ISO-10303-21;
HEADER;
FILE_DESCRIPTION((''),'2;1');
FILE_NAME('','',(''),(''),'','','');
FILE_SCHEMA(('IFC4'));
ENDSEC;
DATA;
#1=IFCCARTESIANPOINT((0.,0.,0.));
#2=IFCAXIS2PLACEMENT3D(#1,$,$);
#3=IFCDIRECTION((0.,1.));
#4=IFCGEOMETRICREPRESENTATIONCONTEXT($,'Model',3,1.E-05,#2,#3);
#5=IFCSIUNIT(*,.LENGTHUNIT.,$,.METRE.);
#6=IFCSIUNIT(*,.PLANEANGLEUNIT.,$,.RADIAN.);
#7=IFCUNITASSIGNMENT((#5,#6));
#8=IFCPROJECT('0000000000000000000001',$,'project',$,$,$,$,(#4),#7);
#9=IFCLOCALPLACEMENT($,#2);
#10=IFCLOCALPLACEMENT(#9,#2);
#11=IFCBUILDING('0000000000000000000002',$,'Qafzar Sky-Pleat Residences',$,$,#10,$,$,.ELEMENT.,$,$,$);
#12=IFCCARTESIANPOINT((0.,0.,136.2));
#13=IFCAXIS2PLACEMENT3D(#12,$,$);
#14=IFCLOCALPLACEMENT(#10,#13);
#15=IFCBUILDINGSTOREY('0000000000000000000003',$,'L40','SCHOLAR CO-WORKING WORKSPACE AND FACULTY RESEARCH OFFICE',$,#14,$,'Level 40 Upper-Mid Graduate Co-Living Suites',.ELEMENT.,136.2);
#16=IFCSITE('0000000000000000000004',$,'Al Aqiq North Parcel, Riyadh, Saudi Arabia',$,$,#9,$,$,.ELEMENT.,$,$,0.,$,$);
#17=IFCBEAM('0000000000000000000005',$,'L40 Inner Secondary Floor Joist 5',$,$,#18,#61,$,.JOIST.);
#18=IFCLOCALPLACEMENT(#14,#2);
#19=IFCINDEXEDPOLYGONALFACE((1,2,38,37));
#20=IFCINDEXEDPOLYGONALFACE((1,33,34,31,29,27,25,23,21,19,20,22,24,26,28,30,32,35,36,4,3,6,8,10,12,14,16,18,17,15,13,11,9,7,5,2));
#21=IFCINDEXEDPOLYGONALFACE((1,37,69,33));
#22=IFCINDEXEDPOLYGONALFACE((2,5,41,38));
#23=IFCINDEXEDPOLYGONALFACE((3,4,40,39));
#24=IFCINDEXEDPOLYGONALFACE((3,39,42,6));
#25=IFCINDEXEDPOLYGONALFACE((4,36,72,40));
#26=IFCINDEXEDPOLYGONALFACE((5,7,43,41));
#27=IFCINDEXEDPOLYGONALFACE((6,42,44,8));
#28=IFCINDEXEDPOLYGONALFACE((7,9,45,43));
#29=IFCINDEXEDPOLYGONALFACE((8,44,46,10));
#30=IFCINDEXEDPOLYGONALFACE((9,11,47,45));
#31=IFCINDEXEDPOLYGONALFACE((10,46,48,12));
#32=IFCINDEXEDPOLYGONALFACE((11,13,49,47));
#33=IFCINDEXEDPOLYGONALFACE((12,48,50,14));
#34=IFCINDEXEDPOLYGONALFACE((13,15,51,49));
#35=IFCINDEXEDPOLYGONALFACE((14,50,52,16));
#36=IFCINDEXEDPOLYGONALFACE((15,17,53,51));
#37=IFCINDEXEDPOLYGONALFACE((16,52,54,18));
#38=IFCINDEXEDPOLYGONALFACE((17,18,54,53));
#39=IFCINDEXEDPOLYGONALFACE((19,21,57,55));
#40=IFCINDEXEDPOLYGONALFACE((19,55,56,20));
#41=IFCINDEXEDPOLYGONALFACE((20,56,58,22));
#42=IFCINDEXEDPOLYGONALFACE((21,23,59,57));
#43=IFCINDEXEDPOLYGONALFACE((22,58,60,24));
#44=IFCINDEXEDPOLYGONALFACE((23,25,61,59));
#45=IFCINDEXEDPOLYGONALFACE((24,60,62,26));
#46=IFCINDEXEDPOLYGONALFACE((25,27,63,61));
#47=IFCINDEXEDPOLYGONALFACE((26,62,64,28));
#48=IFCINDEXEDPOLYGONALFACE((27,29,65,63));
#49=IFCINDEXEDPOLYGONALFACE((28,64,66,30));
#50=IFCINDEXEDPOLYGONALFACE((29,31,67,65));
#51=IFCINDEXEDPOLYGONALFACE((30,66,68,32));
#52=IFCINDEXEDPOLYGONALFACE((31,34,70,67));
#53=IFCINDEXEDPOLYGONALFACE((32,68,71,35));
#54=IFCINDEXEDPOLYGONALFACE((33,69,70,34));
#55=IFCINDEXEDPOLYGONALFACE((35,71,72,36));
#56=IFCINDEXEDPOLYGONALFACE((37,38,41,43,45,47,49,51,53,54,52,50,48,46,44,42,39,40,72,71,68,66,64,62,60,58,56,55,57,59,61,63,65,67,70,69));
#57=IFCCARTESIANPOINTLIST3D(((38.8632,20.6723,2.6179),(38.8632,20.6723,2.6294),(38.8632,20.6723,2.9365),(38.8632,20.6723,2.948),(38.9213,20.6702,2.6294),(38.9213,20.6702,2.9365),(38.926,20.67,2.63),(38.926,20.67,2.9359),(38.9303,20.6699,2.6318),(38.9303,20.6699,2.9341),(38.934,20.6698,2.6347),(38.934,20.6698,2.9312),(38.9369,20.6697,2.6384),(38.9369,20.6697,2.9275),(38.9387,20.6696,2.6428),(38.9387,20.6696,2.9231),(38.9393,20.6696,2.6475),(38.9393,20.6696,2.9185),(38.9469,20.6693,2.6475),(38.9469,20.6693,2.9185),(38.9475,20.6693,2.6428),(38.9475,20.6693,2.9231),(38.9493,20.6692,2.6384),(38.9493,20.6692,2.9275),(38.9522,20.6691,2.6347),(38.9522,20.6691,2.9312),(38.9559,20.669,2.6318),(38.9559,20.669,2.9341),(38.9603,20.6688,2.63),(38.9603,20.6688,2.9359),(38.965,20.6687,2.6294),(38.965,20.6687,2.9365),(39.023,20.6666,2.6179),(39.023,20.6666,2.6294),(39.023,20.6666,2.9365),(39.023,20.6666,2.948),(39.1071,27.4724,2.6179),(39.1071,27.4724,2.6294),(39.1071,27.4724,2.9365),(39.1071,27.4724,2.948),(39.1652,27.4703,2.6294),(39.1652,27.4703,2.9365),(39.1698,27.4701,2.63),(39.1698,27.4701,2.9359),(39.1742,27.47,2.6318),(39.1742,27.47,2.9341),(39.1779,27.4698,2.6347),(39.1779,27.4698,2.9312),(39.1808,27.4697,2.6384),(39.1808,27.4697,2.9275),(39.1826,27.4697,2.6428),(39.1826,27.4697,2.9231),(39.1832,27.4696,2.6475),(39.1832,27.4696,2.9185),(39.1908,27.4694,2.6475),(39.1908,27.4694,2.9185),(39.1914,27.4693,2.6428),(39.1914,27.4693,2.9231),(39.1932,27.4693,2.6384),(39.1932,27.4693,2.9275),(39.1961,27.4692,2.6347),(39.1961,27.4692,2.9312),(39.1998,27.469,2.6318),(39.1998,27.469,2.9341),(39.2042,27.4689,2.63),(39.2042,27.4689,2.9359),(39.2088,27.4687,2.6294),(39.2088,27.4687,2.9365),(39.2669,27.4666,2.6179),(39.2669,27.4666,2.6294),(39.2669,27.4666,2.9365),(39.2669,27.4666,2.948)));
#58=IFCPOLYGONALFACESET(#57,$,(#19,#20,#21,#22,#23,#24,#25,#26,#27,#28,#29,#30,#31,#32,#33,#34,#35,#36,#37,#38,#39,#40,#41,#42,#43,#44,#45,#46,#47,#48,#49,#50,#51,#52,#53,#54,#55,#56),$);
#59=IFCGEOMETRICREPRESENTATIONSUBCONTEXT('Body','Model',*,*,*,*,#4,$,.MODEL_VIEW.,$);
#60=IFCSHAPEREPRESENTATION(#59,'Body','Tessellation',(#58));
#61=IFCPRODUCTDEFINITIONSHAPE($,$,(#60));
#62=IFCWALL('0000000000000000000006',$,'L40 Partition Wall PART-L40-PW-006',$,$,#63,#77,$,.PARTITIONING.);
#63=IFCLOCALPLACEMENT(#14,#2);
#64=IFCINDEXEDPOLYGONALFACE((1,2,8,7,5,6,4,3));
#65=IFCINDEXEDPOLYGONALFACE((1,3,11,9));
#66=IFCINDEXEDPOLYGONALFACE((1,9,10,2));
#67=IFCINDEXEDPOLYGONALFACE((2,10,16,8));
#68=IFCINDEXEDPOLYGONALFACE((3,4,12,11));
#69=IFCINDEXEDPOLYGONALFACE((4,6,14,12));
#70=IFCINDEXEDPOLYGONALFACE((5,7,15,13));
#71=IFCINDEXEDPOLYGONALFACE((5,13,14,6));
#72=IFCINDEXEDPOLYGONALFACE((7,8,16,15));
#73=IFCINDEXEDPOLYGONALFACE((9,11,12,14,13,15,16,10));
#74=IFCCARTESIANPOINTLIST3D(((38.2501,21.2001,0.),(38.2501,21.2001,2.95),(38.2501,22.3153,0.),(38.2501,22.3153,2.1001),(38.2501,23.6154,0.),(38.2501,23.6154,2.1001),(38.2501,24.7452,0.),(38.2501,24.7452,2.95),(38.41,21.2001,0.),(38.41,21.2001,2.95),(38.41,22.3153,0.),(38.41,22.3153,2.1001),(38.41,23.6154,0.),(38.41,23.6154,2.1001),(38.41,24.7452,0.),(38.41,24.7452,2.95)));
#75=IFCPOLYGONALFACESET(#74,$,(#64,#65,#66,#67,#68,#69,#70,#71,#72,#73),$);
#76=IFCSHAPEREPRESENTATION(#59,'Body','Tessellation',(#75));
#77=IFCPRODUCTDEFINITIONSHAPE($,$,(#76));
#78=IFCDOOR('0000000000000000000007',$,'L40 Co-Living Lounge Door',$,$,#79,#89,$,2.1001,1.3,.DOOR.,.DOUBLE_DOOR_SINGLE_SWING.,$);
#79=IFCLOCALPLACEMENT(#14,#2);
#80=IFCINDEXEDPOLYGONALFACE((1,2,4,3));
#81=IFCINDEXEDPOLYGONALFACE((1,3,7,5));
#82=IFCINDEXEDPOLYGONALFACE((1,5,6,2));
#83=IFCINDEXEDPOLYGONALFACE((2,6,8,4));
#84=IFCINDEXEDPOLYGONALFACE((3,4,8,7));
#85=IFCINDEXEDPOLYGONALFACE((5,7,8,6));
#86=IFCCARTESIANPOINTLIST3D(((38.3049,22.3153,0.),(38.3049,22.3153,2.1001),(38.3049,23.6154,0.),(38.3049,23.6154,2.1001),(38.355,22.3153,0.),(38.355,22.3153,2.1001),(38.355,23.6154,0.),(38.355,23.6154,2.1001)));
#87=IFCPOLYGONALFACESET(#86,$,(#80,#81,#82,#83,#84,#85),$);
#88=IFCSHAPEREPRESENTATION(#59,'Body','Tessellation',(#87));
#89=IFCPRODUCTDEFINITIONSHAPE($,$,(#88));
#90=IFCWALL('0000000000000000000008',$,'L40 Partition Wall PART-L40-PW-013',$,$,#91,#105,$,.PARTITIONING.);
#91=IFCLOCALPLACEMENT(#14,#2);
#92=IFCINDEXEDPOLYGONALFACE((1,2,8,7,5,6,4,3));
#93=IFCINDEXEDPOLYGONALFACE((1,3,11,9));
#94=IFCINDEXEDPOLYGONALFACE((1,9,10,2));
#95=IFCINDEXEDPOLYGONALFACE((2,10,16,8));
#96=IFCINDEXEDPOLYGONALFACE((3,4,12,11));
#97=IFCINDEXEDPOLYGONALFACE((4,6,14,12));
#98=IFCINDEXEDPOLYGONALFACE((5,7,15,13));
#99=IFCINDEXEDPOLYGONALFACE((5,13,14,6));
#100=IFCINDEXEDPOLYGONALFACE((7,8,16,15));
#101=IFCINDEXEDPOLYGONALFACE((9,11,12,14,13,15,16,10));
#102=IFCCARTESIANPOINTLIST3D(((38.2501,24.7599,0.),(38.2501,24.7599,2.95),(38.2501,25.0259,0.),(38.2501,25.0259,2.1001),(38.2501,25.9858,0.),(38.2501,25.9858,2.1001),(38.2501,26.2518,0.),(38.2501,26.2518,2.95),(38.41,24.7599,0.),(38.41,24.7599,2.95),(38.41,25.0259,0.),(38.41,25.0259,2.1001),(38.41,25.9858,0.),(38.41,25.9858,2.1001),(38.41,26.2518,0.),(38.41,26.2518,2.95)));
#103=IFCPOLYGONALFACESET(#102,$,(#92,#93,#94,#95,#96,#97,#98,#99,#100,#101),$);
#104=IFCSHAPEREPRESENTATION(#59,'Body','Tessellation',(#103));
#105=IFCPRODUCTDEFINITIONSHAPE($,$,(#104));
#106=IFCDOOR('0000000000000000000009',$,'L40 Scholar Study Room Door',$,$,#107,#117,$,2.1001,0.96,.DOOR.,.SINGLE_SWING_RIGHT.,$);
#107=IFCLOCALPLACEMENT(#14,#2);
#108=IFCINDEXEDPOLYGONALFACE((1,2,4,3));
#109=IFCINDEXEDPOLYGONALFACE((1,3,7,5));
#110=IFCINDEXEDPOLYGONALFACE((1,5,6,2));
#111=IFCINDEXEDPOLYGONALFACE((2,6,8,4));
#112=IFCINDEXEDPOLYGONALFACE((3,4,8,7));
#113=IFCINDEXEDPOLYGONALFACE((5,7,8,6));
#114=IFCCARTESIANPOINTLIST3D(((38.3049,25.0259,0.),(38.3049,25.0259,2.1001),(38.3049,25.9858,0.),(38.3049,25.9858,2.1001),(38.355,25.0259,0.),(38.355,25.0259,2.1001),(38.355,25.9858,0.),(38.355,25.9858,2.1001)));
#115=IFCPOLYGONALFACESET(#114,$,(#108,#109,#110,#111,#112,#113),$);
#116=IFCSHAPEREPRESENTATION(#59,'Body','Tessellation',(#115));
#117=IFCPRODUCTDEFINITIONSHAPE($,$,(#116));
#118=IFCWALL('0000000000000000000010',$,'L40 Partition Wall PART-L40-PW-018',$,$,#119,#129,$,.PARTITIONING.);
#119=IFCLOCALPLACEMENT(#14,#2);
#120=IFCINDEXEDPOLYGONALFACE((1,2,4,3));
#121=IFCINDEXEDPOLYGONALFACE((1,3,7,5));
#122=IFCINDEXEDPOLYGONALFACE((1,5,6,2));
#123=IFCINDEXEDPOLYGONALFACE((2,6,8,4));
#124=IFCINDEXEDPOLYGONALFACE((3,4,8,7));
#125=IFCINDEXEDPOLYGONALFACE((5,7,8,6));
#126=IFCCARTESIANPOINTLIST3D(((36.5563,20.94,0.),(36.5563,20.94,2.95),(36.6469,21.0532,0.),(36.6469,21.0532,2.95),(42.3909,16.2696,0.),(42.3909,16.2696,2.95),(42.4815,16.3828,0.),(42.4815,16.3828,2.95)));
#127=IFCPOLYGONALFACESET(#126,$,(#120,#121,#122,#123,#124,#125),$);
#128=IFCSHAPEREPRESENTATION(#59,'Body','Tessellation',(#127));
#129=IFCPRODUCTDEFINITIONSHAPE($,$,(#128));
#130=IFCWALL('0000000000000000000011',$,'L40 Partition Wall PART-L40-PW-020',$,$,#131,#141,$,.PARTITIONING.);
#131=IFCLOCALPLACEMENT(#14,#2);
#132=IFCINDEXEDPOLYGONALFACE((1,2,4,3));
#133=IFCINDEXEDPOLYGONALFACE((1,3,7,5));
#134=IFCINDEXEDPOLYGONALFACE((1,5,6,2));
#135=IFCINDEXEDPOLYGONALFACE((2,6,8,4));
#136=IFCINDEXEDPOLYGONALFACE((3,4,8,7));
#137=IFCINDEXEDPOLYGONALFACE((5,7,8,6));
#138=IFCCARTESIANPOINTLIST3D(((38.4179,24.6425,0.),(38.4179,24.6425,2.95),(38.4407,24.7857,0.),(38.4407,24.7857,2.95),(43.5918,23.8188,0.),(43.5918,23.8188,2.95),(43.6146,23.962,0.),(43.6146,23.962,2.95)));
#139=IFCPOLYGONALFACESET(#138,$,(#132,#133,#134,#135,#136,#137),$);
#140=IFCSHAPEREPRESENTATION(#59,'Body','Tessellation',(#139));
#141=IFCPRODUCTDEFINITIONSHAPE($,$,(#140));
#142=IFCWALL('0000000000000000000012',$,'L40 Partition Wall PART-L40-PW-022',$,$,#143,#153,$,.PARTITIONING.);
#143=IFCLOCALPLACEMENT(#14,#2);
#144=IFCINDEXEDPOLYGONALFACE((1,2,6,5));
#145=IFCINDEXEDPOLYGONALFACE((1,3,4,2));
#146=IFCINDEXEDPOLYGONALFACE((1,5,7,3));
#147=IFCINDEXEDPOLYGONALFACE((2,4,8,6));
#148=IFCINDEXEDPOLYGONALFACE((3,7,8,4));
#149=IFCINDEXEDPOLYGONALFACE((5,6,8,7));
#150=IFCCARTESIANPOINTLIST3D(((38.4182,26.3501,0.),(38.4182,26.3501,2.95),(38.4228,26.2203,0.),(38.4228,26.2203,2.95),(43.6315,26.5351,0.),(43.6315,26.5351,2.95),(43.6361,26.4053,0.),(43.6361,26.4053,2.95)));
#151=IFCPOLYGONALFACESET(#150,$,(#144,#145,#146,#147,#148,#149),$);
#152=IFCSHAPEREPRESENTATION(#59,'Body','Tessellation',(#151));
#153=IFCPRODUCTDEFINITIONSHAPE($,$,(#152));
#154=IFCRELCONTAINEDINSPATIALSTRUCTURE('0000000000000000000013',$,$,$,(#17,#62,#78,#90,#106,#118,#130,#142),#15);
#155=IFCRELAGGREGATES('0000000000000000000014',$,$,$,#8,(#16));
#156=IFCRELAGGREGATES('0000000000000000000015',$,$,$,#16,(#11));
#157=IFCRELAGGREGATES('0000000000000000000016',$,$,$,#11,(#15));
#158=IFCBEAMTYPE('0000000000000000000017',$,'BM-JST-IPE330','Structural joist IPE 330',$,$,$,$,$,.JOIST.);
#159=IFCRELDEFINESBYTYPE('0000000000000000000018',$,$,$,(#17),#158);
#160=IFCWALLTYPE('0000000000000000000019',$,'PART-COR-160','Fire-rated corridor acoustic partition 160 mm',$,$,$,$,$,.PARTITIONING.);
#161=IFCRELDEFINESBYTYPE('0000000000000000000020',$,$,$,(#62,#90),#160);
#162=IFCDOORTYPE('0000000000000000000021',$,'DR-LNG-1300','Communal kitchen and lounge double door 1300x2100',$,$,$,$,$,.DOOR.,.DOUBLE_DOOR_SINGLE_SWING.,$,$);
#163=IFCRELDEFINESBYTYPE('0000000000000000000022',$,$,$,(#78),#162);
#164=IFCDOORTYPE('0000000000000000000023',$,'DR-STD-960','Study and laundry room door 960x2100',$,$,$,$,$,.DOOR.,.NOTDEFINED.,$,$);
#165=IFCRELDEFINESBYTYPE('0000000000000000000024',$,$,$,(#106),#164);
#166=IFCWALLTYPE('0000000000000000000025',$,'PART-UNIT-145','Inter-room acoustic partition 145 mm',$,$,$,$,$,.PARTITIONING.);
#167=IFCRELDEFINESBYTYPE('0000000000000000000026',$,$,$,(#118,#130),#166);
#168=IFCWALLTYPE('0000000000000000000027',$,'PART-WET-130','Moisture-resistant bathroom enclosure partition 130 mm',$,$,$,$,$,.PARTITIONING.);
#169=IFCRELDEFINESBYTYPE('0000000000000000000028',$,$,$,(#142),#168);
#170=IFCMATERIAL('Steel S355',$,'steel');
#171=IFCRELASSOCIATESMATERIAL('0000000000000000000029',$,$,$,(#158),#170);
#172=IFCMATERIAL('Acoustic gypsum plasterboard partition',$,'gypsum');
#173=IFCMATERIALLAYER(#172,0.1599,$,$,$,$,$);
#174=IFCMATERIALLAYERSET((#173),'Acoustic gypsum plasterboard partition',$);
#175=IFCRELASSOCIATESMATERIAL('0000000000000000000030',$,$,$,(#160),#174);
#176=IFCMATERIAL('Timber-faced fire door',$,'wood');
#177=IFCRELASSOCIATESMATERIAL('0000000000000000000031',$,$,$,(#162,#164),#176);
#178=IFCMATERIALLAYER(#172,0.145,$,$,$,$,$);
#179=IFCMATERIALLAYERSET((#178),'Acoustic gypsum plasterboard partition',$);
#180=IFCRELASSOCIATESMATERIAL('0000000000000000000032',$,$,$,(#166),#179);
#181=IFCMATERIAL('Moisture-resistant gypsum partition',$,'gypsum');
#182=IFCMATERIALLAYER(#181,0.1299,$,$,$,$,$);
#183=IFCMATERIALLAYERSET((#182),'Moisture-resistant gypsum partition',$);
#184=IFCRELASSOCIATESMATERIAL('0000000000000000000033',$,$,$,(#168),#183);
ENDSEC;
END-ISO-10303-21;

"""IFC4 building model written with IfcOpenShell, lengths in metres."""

from ifc_helpers import new_model, si_unit, direction, frame, frame_2d, origin, origin_2d, place, context, subcontext, project, spatial, rectangle, i_section, extrude, source, transform, mapped, material, layer, layer_set, material_profile, profile_set, type_object, element, fill, save


model = new_model("IFC4")

# Units and contexts
model_context = context("Model", 3, precision=1e-05, world=origin(), true_north=direction((0.0, 1.0)))
body_context = subcontext(model_context, "Body", "Model", "MODEL_VIEW")
ifc_project = project(units=[si_unit("LENGTHUNIT", "METRE"), si_unit("PLANEANGLEUNIT", "RADIAN")], contexts=[model_context])

# Site, building, storey
site_placement = place(None, origin())
site = spatial("IfcSite", under=ifc_project, at=site_placement, Name="Al Aqiq North Parcel, Riyadh, Saudi Arabia", CompositionType="ELEMENT", RefElevation=0.0)
building_placement = place(site_placement, origin())
building = spatial("IfcBuilding", under=site, at=building_placement, Name="Qafzar Sky-Pleat Residences", CompositionType="ELEMENT")
storey_placement = place(building_placement, frame((0.0, 0.0, 136.2)))
storey = spatial("IfcBuildingStorey", under=building, at=storey_placement, Name="L40", Description="SCHOLAR CO-WORKING WORKSPACE AND FACULTY RESEARCH OFFICE", LongName="Level 40 Upper-Mid Graduate Co-Living Suites", CompositionType="ELEMENT", Elevation=136.2)

# Shared definitions
ifc_material_1 = material(Name="Steel S355", Category="steel")

# Beam
ifc_material_profile_1 = material_profile(ifc_material_1, i_section(OverallWidth=0.1599, OverallDepth=0.3301, WebThickness=0.0076, FlangeThickness=0.0115, FilletRadius=0.0181, at=origin_2d()), Name="IPE 330")
ifc_profile_set_1 = profile_set([ifc_material_profile_1], Name="Steel S355")
beam_type_1 = type_object("IfcBeamType", Name="BM-JST-IPE330", Description="Structural joist IPE 330", PredefinedType="JOIST", material=ifc_profile_set_1)
shared_shape_1 = source(origin(), body_context, "Body", "SweptSolid", [
    extrude(i_section(OverallWidth=0.1599, OverallDepth=0.3301, WebThickness=0.0076, FlangeThickness=0.0115, FilletRadius=0.0181, at=origin_2d()), origin(), (0.0, 0.0, 1.0), 6.8044),
])
beam_1_placement = place(storey_placement, frame((38.9431, 20.6694, 2.783), z_axis=(0.035844, 0.999357, 0.0), x_axis=(-0.999357, 0.035844, 0.0)))
element("IfcBeam", 1, at=beam_1_placement, inside=storey, type_object=beam_type_1, Name="L40 Inner Secondary Floor Joist 5", PredefinedType="JOIST", context=body_context, shape_type="MappedRepresentation", body=[
    mapped(shared_shape_1, transform((0.0, 0.0, 0.0), x_axis=(1.0, 0.0, 0.0), y_axis=(0.0, 1.0, 0.0), z_axis=(0.0, 0.0, 1.0), scale=1.0)),
])

# Walls, openings, doors
ifc_material_2 = material(Name="Acoustic gypsum plasterboard partition", Category="gypsum")
ifc_layer_1 = layer(ifc_material_2, 0.1599)
ifc_layer_set_1 = layer_set([ifc_layer_1], Name="Acoustic gypsum plasterboard partition")
wall_type_1 = type_object("IfcWallType", Name="PART-COR-160", Description="Fire-rated corridor acoustic partition 160 mm", PredefinedType="PARTITIONING", material=ifc_layer_set_1)
wall_1_placement = place(storey_placement, frame((38.3301, 24.7451, 0.0), z_axis=(0.0, 0.0, 1.0), x_axis=(0.0, -1.0, 0.0)))
wall_1 = element("IfcWall", 2, at=wall_1_placement, inside=storey, type_object=wall_type_1, Name="L40 Partition Wall PART-L40-PW-006", PredefinedType="PARTITIONING", context=body_context, shape_type="SweptSolid", body=[
    extrude(rectangle(XDim=3.5452, YDim=0.1599, at=frame_2d((1.7725, 0.0))), origin(), (0.0, 0.0, 1.0), 2.95),
])
opening_1_placement = place(wall_1_placement, frame((1.1299, 0.0, 0.0)))
opening_1 = element("IfcOpeningElement", 3, at=opening_1_placement, cuts=wall_1, PredefinedType="OPENING", context=body_context, shape_type="SweptSolid", body=[
    extrude(rectangle(XDim=1.3, YDim=2.1001, at=frame_2d((0.6499, 1.05))), frame((0.0, 0.0898, 0.0), z_axis=(0.0, -1.0, 0.0), x_axis=(1.0, 0.0, 0.0)), (0.0, 0.0, 1.0), 0.1799),
])
ifc_material_3 = material(Name="Timber-faced fire door", Category="wood")
door_type_1 = type_object("IfcDoorType", Name="DR-LNG-1300", Description="Communal kitchen and lounge double door 1300x2100", OperationType="DOUBLE_DOOR_SINGLE_SWING", PredefinedType="DOOR", material=ifc_material_3)
shared_shape_2 = source(origin(), body_context, "Body", "SweptSolid", [
    extrude(rectangle(XDim=1.3, YDim=2.1001, at=frame_2d((0.6499, 1.05))), frame((0.0, 0.0249, 0.0), z_axis=(0.0, -1.0, 0.0), x_axis=(1.0, 0.0, 0.0)), (0.0, 0.0, 1.0), 0.05),
])
door_1_placement = place(opening_1_placement, origin())
door_1 = element("IfcDoor", 4, at=door_1_placement, inside=storey, type_object=door_type_1, Name="L40 Co-Living Lounge Door", OperationType="DOUBLE_DOOR_SINGLE_SWING", OverallHeight=2.1001, OverallWidth=1.3, PredefinedType="DOOR", context=body_context, shape_type="MappedRepresentation", body=[
    mapped(shared_shape_2, transform((0.0, 0.0, 0.0), x_axis=(1.0, 0.0, 0.0), y_axis=(0.0, 1.0, 0.0), z_axis=(0.0, 0.0, 1.0), scale=1.0)),
])
fill(opening_1, door_1)
wall_2_placement = place(storey_placement, frame((38.3301, 26.252, 0.0), z_axis=(0.0, 0.0, 1.0), x_axis=(0.0, -1.0, 0.0)))
wall_2 = element("IfcWall", 5, at=wall_2_placement, inside=storey, type_object=wall_type_1, Name="L40 Partition Wall PART-L40-PW-013", PredefinedType="PARTITIONING", context=body_context, shape_type="SweptSolid", body=[
    extrude(rectangle(XDim=1.4919, YDim=0.1599, at=frame_2d((0.7461, 0.0))), origin(), (0.0, 0.0, 1.0), 2.95),
])
opening_2_placement = place(wall_2_placement, frame((0.2661, 0.0, 0.0)))
opening_2 = element("IfcOpeningElement", 6, at=opening_2_placement, cuts=wall_2, PredefinedType="OPENING", context=body_context, shape_type="SweptSolid", body=[
    extrude(rectangle(XDim=0.96, YDim=2.1001, at=frame_2d((0.48, 1.05))), frame((0.0, 0.0898, 0.0), z_axis=(0.0, -1.0, 0.0), x_axis=(1.0, 0.0, 0.0)), (0.0, 0.0, 1.0), 0.1799),
])
door_type_2 = type_object("IfcDoorType", Name="DR-STD-960", Description="Study and laundry room door 960x2100", OperationType="NOTDEFINED", PredefinedType="DOOR", material=ifc_material_3)
shared_shape_3 = source(origin(), body_context, "Body", "SweptSolid", [
    extrude(rectangle(XDim=0.96, YDim=2.1001, at=frame_2d((0.48, 1.05))), frame((0.0, 0.0249, 0.0), z_axis=(0.0, -1.0, 0.0), x_axis=(1.0, 0.0, 0.0)), (0.0, 0.0, 1.0), 0.05),
])
door_2_placement = place(opening_2_placement, origin())
door_2 = element("IfcDoor", 7, at=door_2_placement, inside=storey, type_object=door_type_2, Name="L40 Scholar Study Room Door", OperationType="SINGLE_SWING_RIGHT", OverallHeight=2.1001, OverallWidth=0.96, PredefinedType="DOOR", context=body_context, shape_type="MappedRepresentation", body=[
    mapped(shared_shape_3, transform((0.0, 0.0, 0.0), x_axis=(1.0, 0.0, 0.0), y_axis=(0.0, 1.0, 0.0), z_axis=(0.0, 0.0, 1.0), scale=1.0)),
])
fill(opening_2, door_2)

# Walls
ifc_layer_2 = layer(ifc_material_2, 0.145)
ifc_layer_set_2 = layer_set([ifc_layer_2], Name="Acoustic gypsum plasterboard partition")
wall_type_2 = type_object("IfcWallType", Name="PART-UNIT-145", Description="Inter-room acoustic partition 145 mm", PredefinedType="PARTITIONING", material=ifc_layer_set_2)
wall_3_placement = place(storey_placement, frame((36.6016, 20.9966, 0.0), z_axis=(0.0, 0.0, 1.0), x_axis=(0.780697, -0.62491, 0.0)))
element("IfcWall", 8, at=wall_3_placement, inside=storey, type_object=wall_type_2, Name="L40 Partition Wall PART-L40-PW-018", PredefinedType="PARTITIONING", context=body_context, shape_type="SweptSolid", body=[
    extrude(rectangle(XDim=7.4736, YDim=0.145, at=frame_2d((3.7368, 0.0))), origin(), (0.0, 0.0, 1.0), 2.95),
])
wall_4_placement = place(storey_placement, frame((38.4292, 24.7141, 0.0), z_axis=(0.0, 0.0, 1.0), x_axis=(0.987562, -0.157231, 0.0)))
element("IfcWall", 9, at=wall_4_placement, inside=storey, type_object=wall_type_2, Name="L40 Partition Wall PART-L40-PW-020", PredefinedType="PARTITIONING", context=body_context, shape_type="SweptSolid", body=[
    extrude(rectangle(XDim=5.239, YDim=0.145, at=frame_2d((2.6196, 0.0))), origin(), (0.0, 0.0, 1.0), 2.95),
])
ifc_material_4 = material(Name="Moisture-resistant gypsum partition", Category="gypsum")
ifc_layer_3 = layer(ifc_material_4, 0.1299)
ifc_layer_set_3 = layer_set([ifc_layer_3], Name="Moisture-resistant gypsum partition")
wall_type_3 = type_object("IfcWallType", Name="PART-WET-130", Description="Moisture-resistant bathroom enclosure partition 130 mm", PredefinedType="PARTITIONING", material=ifc_layer_set_3)
wall_5_placement = place(storey_placement, frame((38.4204, 26.2852, 0.0), z_axis=(0.0, 0.0, 1.0), x_axis=(0.999371, 0.035475, 0.0)))
element("IfcWall", 10, at=wall_5_placement, inside=storey, type_object=wall_type_3, Name="L40 Partition Wall PART-L40-PW-022", PredefinedType="PARTITIONING", context=body_context, shape_type="SweptSolid", body=[
    extrude(rectangle(XDim=5.2166, YDim=0.1299, at=frame_2d((2.6084, 0.0))), origin(), (0.0, 0.0, 1.0), 2.95),
])

save(model, "model.ifc")
